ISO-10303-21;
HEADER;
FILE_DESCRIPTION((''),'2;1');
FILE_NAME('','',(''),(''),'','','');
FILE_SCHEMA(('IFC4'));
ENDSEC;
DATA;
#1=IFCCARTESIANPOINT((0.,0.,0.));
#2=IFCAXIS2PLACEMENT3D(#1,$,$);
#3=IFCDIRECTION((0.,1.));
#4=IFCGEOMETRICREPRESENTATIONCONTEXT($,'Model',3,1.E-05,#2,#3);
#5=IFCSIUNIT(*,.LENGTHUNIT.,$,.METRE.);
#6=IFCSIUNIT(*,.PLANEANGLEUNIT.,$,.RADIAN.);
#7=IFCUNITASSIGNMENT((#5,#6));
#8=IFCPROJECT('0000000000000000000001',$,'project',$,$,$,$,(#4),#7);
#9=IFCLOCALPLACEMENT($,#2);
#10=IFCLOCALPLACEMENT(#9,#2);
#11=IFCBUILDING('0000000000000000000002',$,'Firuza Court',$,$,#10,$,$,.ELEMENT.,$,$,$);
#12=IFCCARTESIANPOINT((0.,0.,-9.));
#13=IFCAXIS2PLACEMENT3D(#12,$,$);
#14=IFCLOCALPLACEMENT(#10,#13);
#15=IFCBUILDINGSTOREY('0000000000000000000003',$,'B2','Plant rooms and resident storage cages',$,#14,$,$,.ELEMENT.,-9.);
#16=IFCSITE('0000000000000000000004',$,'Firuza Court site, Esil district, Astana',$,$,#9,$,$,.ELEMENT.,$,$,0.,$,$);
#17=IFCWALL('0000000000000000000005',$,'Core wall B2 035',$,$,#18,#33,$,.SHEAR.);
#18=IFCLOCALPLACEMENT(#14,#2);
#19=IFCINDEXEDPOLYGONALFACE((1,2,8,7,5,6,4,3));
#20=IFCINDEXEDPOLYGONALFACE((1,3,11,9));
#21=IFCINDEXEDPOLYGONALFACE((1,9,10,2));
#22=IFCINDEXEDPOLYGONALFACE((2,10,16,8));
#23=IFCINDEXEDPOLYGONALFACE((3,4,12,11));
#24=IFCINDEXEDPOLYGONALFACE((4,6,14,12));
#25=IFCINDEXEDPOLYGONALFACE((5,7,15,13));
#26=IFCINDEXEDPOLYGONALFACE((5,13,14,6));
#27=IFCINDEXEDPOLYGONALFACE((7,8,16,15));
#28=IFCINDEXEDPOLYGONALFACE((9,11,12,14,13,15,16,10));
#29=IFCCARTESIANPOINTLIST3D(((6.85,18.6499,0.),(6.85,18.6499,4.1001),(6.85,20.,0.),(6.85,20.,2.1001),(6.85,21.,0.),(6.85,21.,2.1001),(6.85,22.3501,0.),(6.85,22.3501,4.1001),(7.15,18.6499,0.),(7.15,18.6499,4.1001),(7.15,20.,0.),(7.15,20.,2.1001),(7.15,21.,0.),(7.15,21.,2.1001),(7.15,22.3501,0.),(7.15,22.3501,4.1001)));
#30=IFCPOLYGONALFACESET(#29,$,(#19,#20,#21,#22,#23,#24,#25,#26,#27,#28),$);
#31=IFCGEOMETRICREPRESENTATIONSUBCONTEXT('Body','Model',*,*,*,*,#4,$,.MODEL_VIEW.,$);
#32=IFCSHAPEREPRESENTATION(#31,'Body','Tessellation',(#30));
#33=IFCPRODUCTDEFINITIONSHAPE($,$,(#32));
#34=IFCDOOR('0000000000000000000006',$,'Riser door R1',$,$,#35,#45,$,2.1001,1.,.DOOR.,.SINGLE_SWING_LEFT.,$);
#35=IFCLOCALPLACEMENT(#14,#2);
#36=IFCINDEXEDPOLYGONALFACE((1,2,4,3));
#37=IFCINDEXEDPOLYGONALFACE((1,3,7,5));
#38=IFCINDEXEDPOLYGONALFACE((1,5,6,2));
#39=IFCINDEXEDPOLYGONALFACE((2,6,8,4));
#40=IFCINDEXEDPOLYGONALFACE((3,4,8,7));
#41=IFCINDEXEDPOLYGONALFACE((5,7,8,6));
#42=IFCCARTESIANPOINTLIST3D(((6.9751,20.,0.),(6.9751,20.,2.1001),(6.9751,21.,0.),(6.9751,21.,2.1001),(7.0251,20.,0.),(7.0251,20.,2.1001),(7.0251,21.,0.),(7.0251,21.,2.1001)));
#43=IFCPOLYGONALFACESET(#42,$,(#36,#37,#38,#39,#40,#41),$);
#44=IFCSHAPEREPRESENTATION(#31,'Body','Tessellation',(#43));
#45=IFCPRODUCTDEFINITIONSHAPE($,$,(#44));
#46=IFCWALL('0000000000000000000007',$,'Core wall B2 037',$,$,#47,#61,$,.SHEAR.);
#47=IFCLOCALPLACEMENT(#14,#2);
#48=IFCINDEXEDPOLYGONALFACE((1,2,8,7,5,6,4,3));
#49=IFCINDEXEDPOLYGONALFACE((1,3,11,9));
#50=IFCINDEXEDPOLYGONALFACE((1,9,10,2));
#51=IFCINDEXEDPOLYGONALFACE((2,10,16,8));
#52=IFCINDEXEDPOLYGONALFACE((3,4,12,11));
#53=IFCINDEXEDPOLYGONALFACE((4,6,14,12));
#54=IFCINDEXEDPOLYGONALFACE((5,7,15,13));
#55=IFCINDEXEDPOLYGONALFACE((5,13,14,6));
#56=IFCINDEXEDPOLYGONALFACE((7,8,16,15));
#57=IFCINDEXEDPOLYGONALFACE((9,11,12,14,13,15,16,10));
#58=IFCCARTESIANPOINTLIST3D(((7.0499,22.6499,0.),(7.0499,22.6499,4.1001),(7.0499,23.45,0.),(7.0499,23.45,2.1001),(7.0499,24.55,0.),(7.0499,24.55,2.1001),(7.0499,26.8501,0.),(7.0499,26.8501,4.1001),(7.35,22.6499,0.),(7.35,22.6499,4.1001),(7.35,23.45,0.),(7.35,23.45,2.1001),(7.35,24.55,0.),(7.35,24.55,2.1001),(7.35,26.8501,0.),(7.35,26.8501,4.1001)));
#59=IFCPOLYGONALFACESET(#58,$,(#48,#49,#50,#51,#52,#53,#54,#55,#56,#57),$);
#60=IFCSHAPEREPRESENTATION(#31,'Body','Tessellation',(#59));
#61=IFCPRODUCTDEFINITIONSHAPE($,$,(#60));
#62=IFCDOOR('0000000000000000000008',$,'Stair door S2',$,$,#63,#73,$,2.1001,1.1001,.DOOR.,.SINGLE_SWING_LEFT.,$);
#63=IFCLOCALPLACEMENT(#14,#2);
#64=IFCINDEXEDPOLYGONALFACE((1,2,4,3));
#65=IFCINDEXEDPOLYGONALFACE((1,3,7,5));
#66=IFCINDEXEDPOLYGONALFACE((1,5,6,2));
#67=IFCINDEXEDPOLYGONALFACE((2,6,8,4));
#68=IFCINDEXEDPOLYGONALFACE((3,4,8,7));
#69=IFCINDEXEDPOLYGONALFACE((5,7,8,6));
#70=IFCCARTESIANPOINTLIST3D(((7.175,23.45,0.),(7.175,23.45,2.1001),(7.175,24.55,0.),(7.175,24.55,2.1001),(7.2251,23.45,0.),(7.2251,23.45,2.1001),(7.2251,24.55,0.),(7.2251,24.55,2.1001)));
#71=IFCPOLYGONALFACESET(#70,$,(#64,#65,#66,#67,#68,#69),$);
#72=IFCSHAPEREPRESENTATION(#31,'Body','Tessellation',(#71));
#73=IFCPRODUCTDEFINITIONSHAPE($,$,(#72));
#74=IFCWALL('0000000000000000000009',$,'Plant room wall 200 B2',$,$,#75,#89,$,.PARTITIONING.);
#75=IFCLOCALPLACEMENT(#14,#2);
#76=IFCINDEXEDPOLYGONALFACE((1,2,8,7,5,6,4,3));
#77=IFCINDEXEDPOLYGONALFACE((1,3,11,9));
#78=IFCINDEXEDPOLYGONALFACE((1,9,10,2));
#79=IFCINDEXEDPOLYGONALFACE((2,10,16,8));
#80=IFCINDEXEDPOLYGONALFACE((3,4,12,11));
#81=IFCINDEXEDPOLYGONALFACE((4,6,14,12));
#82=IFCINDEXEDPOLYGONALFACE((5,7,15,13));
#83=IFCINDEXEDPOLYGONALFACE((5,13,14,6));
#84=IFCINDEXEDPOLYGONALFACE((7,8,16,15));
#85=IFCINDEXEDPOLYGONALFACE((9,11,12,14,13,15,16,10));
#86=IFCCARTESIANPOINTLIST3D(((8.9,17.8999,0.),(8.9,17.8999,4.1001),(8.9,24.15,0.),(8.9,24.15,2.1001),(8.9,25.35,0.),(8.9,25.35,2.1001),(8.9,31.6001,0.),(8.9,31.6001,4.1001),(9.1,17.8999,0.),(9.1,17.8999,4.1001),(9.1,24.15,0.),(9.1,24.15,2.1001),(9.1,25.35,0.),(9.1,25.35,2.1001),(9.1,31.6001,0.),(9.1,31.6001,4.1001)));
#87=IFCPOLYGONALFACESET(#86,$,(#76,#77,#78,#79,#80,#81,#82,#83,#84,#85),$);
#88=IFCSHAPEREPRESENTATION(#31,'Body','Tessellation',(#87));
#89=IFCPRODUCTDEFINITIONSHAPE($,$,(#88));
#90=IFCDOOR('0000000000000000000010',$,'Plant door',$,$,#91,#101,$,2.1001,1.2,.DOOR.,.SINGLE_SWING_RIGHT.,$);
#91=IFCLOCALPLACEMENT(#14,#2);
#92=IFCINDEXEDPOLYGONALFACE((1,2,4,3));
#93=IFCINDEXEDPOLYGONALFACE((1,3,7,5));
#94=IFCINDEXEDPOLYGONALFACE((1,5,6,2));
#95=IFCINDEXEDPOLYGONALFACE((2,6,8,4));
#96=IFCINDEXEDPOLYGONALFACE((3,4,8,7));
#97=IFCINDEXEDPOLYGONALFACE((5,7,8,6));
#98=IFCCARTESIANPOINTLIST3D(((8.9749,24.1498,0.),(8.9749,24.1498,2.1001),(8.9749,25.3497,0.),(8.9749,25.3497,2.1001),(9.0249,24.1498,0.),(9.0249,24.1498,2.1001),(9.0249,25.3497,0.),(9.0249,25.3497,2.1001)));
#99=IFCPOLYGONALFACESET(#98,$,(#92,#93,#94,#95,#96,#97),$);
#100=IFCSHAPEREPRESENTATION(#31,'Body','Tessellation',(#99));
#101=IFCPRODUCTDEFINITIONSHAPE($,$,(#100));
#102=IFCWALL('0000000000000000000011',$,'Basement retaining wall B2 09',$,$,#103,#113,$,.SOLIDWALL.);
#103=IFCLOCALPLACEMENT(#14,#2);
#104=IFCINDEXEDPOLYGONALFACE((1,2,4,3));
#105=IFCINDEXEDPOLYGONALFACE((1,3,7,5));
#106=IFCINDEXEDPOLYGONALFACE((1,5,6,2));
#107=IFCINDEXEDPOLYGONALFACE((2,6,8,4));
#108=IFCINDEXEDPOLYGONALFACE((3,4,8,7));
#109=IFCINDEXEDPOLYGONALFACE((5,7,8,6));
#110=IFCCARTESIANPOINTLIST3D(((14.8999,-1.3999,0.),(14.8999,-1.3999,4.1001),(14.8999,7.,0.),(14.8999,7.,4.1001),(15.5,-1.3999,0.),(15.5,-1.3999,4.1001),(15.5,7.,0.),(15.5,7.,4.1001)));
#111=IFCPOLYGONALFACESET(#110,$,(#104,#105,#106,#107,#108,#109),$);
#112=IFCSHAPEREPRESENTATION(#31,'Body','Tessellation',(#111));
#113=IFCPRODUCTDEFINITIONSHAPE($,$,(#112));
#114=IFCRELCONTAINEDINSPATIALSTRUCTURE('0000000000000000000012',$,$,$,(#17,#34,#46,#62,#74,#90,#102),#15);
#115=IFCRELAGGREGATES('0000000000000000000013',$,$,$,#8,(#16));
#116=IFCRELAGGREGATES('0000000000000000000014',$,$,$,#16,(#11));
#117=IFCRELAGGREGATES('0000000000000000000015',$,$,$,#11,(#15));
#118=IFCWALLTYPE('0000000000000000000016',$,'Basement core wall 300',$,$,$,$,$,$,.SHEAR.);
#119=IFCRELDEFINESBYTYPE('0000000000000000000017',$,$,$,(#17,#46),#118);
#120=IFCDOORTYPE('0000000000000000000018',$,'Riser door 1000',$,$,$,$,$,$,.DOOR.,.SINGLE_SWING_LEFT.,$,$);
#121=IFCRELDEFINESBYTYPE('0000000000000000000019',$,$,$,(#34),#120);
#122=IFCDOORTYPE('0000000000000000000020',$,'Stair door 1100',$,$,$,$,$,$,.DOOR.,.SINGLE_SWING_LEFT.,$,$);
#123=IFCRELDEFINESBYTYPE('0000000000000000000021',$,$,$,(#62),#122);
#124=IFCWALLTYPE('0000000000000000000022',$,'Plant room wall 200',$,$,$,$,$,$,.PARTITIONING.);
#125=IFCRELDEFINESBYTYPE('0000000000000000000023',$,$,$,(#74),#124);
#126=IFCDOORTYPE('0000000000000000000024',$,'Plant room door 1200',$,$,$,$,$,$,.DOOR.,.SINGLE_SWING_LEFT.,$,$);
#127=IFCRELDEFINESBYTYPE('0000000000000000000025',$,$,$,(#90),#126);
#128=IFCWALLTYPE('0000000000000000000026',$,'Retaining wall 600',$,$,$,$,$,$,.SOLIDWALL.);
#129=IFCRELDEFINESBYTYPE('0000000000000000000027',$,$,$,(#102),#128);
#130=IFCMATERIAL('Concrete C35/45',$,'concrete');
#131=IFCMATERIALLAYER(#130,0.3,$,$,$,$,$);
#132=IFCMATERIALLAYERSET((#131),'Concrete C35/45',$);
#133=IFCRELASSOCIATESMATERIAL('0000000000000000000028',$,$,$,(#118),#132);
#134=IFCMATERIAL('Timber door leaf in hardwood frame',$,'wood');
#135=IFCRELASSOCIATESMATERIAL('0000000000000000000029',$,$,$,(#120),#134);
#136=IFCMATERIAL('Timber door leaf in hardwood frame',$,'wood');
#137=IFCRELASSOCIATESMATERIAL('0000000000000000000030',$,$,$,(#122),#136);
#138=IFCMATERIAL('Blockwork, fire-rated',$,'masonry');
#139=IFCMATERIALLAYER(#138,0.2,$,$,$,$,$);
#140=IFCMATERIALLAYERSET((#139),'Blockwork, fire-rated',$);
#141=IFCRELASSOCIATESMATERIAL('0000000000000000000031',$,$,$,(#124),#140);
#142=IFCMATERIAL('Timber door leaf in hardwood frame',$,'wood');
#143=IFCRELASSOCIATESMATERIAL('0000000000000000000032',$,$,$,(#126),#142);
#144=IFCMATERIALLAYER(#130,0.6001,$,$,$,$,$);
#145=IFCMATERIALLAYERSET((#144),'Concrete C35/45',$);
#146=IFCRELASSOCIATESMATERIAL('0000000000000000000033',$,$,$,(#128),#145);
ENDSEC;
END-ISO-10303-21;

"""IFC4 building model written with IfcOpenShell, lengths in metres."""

from ifc_helpers import new_model, si_unit, direction, frame, frame_2d, origin, place, context, subcontext, project, spatial, rectangle, extrude, material, layer, layer_set, type_object, element, fill, save


model = new_model("IFC4")

# Units and contexts
model_context = context("Model", 3, precision=1e-05, world=origin(), true_north=direction((0.0, 1.0)))
body_context = subcontext(model_context, "Body", "Model", "MODEL_VIEW")
ifc_project = project(units=[si_unit("LENGTHUNIT", "METRE"), si_unit("PLANEANGLEUNIT", "RADIAN")], contexts=[model_context])

# Site, building, storey
site_placement = place(None, origin())
site = spatial("IfcSite", under=ifc_project, at=site_placement, Name="Firuza Court site, Esil district, Astana", CompositionType="ELEMENT", RefElevation=0.0)
building_placement = place(site_placement, origin())
building = spatial("IfcBuilding", under=site, at=building_placement, Name="Firuza Court", CompositionType="ELEMENT")
storey_placement = place(building_placement, frame((0.0, 0.0, -9.0)))
storey = spatial("IfcBuildingStorey", under=building, at=storey_placement, Name="B2", Description="Plant rooms and resident storage cages", CompositionType="ELEMENT", Elevation=-9.0)

# Shared definitions
ifc_material_1 = material(Name="Concrete C35/45", Category="concrete")
ifc_layer_1 = layer(ifc_material_1, 0.3)
ifc_layer_set_1 = layer_set([ifc_layer_1], Name="Concrete C35/45")
wall_type_1 = type_object("IfcWallType", Name="Basement core wall 300", PredefinedType="SHEAR", material=ifc_layer_set_1)

# Walls, openings, doors
ifc_material_2 = material(Name="Timber door leaf in hardwood frame", Category="wood")
door_type_1 = type_object("IfcDoorType", Name="Riser door 1000", OperationType="SINGLE_SWING_LEFT", PredefinedType="DOOR", material=ifc_material_2)
wall_1_placement = place(storey_placement, frame((7.0, 18.6499, 0.0), z_axis=(0.0, 0.0, 1.0), x_axis=(0.0, 1.0, 0.0)))
wall_1 = element("IfcWall", 1, at=wall_1_placement, inside=storey, type_object=wall_type_1, Name="Core wall B2 035", PredefinedType="SHEAR", context=body_context, shape_type="SweptSolid", body=[
    extrude(rectangle(XDim=3.7002, YDim=0.3, at=frame_2d((1.8501, 0.0))), origin(), (0.0, 0.0, 1.0), 4.1001),
])
opening_1_placement = place(wall_1_placement, frame((1.3501, 0.0, 0.0)))
opening_1 = element("IfcOpeningElement", 2, at=opening_1_placement, cuts=wall_1, PredefinedType="OPENING", context=body_context, shape_type="SweptSolid", body=[
    extrude(rectangle(XDim=1.0, YDim=2.1001, at=frame_2d((0.5, 1.05))), frame((0.0, 0.1621, 0.0), z_axis=(0.0, -1.0, 0.0), x_axis=(1.0, 0.0, 0.0)), (0.0, 0.0, 1.0), 0.324),
])
door_1_placement = place(opening_1_placement, origin())
door_1 = element("IfcDoor", 3, at=door_1_placement, inside=storey, type_object=door_type_1, Name="Riser door R1", OperationType="SINGLE_SWING_LEFT", OverallHeight=2.1001, OverallWidth=1.0, PredefinedType="DOOR", context=body_context, shape_type="SweptSolid", body=[
    extrude(rectangle(XDim=1.0, YDim=2.1001, at=frame_2d((0.5, 1.05))), frame((0.0, 0.0249, 0.0), z_axis=(0.0, -1.0, 0.0), x_axis=(1.0, 0.0, 0.0)), (0.0, 0.0, 1.0), 0.05),
])
fill(opening_1, door_1)
wall_2_placement = place(storey_placement, frame((7.2, 22.6499, 0.0), z_axis=(0.0, 0.0, 1.0), x_axis=(0.0, 1.0, 0.0)))
wall_2 = element("IfcWall", 4, at=wall_2_placement, inside=storey, type_object=wall_type_1, Name="Core wall B2 037", PredefinedType="SHEAR", context=body_context, shape_type="SweptSolid", body=[
    extrude(rectangle(XDim=4.2002, YDim=0.3, at=frame_2d((2.1001, 0.0))), origin(), (0.0, 0.0, 1.0), 4.1001),
])
opening_2_placement = place(wall_2_placement, frame((0.8, 0.0, 0.0)))
opening_2 = element("IfcOpeningElement", 5, at=opening_2_placement, cuts=wall_2, PredefinedType="OPENING", context=body_context, shape_type="SweptSolid", body=[
    extrude(rectangle(XDim=1.1001, YDim=2.1001, at=frame_2d((0.55, 1.05))), frame((0.0, 0.1621, 0.0), z_axis=(0.0, -1.0, 0.0), x_axis=(1.0, 0.0, 0.0)), (0.0, 0.0, 1.0), 0.324),
])
ifc_material_3 = material(Name="Timber door leaf in hardwood frame", Category="wood")
door_type_2 = type_object("IfcDoorType", Name="Stair door 1100", OperationType="SINGLE_SWING_LEFT", PredefinedType="DOOR", material=ifc_material_3)
door_2_placement = place(opening_2_placement, origin())
door_2 = element("IfcDoor", 6, at=door_2_placement, inside=storey, type_object=door_type_2, Name="Stair door S2", OperationType="SINGLE_SWING_LEFT", OverallHeight=2.1001, OverallWidth=1.1001, PredefinedType="DOOR", context=body_context, shape_type="SweptSolid", body=[
    extrude(rectangle(XDim=1.1001, YDim=2.1001, at=frame_2d((0.55, 1.05))), frame((0.0, 0.0249, 0.0), z_axis=(0.0, -1.0, 0.0), x_axis=(1.0, 0.0, 0.0)), (0.0, 0.0, 1.0), 0.05),
])
fill(opening_2, door_2)
ifc_material_4 = material(Name="Blockwork, fire-rated", Category="masonry")
ifc_layer_2 = layer(ifc_material_4, 0.2)
ifc_layer_set_2 = layer_set([ifc_layer_2], Name="Blockwork, fire-rated")
wall_type_2 = type_object("IfcWallType", Name="Plant room wall 200", PredefinedType="PARTITIONING", material=ifc_layer_set_2)
wall_3_placement = place(storey_placement, frame((9.0, 17.8999, 0.0), z_axis=(0.0, 0.0, 1.0), x_axis=(0.0, 1.0, 0.0)))
wall_3 = element("IfcWall", 7, at=wall_3_placement, inside=storey, type_object=wall_type_2, Name="Plant room wall 200 B2", PredefinedType="PARTITIONING", context=body_context, shape_type="SweptSolid", body=[
    extrude(rectangle(XDim=13.7002, YDim=0.2, at=frame_2d((6.8501, 0.0))), origin(), (0.0, 0.0, 1.0), 4.1001),
])
opening_3_placement = place(wall_3_placement, frame((6.25, 0.0, 0.0)))
opening_3 = element("IfcOpeningElement", 8, at=opening_3_placement, cuts=wall_3, PredefinedType="OPENING", context=body_context, shape_type="SweptSolid", body=[
    extrude(rectangle(XDim=1.2, YDim=2.1001, at=frame_2d((0.6001, 1.05))), frame((0.0, 0.1118, 0.0), z_axis=(0.0, -1.0, 0.0), x_axis=(1.0, 0.0, 0.0)), (0.0, 0.0, 1.0), 0.2239),
])
ifc_material_5 = material(Name="Timber door leaf in hardwood frame", Category="wood")
door_type_3 = type_object("IfcDoorType", Name="Plant room door 1200", OperationType="SINGLE_SWING_LEFT", PredefinedType="DOOR", material=ifc_material_5)
door_3_placement = place(opening_3_placement, frame((1.2, 0.0, 0.0), z_axis=(0.0, 0.0, 1.0), x_axis=(-1.0, 0.0, 0.0)))
door_3 = element("IfcDoor", 9, at=door_3_placement, inside=storey, type_object=door_type_3, Name="Plant door", OperationType="SINGLE_SWING_RIGHT", OverallHeight=2.1001, OverallWidth=1.2, PredefinedType="DOOR", context=body_context, shape_type="SweptSolid", body=[
    extrude(rectangle(XDim=1.2, YDim=2.1001, at=frame_2d((0.6001, 1.05))), frame((0.0, 0.0249, 0.0), z_axis=(0.0, -1.0, 0.0), x_axis=(1.0, 0.0, 0.0)), (0.0, 0.0, 1.0), 0.05),
])
fill(opening_3, door_3)

# Wall
ifc_layer_3 = layer(ifc_material_1, 0.6001)
ifc_layer_set_3 = layer_set([ifc_layer_3], Name="Concrete C35/45")
wall_type_3 = type_object("IfcWallType", Name="Retaining wall 600", PredefinedType="SOLIDWALL", material=ifc_layer_set_3)
wall_4_placement = place(storey_placement, frame((15.2, 7.0, 0.0), z_axis=(0.0, 0.0, 1.0), x_axis=(0.0, -1.0, 0.0)))
element("IfcWall", 10, at=wall_4_placement, inside=storey, type_object=wall_type_3, Name="Basement retaining wall B2 09", PredefinedType="SOLIDWALL", context=body_context, shape_type="SweptSolid", body=[
    extrude(rectangle(XDim=8.3999, YDim=0.6001, at=frame_2d((4.2, 0.0))), origin(), (0.0, 0.0, 1.0), 4.1001),
])

save(model, "model.ifc")
